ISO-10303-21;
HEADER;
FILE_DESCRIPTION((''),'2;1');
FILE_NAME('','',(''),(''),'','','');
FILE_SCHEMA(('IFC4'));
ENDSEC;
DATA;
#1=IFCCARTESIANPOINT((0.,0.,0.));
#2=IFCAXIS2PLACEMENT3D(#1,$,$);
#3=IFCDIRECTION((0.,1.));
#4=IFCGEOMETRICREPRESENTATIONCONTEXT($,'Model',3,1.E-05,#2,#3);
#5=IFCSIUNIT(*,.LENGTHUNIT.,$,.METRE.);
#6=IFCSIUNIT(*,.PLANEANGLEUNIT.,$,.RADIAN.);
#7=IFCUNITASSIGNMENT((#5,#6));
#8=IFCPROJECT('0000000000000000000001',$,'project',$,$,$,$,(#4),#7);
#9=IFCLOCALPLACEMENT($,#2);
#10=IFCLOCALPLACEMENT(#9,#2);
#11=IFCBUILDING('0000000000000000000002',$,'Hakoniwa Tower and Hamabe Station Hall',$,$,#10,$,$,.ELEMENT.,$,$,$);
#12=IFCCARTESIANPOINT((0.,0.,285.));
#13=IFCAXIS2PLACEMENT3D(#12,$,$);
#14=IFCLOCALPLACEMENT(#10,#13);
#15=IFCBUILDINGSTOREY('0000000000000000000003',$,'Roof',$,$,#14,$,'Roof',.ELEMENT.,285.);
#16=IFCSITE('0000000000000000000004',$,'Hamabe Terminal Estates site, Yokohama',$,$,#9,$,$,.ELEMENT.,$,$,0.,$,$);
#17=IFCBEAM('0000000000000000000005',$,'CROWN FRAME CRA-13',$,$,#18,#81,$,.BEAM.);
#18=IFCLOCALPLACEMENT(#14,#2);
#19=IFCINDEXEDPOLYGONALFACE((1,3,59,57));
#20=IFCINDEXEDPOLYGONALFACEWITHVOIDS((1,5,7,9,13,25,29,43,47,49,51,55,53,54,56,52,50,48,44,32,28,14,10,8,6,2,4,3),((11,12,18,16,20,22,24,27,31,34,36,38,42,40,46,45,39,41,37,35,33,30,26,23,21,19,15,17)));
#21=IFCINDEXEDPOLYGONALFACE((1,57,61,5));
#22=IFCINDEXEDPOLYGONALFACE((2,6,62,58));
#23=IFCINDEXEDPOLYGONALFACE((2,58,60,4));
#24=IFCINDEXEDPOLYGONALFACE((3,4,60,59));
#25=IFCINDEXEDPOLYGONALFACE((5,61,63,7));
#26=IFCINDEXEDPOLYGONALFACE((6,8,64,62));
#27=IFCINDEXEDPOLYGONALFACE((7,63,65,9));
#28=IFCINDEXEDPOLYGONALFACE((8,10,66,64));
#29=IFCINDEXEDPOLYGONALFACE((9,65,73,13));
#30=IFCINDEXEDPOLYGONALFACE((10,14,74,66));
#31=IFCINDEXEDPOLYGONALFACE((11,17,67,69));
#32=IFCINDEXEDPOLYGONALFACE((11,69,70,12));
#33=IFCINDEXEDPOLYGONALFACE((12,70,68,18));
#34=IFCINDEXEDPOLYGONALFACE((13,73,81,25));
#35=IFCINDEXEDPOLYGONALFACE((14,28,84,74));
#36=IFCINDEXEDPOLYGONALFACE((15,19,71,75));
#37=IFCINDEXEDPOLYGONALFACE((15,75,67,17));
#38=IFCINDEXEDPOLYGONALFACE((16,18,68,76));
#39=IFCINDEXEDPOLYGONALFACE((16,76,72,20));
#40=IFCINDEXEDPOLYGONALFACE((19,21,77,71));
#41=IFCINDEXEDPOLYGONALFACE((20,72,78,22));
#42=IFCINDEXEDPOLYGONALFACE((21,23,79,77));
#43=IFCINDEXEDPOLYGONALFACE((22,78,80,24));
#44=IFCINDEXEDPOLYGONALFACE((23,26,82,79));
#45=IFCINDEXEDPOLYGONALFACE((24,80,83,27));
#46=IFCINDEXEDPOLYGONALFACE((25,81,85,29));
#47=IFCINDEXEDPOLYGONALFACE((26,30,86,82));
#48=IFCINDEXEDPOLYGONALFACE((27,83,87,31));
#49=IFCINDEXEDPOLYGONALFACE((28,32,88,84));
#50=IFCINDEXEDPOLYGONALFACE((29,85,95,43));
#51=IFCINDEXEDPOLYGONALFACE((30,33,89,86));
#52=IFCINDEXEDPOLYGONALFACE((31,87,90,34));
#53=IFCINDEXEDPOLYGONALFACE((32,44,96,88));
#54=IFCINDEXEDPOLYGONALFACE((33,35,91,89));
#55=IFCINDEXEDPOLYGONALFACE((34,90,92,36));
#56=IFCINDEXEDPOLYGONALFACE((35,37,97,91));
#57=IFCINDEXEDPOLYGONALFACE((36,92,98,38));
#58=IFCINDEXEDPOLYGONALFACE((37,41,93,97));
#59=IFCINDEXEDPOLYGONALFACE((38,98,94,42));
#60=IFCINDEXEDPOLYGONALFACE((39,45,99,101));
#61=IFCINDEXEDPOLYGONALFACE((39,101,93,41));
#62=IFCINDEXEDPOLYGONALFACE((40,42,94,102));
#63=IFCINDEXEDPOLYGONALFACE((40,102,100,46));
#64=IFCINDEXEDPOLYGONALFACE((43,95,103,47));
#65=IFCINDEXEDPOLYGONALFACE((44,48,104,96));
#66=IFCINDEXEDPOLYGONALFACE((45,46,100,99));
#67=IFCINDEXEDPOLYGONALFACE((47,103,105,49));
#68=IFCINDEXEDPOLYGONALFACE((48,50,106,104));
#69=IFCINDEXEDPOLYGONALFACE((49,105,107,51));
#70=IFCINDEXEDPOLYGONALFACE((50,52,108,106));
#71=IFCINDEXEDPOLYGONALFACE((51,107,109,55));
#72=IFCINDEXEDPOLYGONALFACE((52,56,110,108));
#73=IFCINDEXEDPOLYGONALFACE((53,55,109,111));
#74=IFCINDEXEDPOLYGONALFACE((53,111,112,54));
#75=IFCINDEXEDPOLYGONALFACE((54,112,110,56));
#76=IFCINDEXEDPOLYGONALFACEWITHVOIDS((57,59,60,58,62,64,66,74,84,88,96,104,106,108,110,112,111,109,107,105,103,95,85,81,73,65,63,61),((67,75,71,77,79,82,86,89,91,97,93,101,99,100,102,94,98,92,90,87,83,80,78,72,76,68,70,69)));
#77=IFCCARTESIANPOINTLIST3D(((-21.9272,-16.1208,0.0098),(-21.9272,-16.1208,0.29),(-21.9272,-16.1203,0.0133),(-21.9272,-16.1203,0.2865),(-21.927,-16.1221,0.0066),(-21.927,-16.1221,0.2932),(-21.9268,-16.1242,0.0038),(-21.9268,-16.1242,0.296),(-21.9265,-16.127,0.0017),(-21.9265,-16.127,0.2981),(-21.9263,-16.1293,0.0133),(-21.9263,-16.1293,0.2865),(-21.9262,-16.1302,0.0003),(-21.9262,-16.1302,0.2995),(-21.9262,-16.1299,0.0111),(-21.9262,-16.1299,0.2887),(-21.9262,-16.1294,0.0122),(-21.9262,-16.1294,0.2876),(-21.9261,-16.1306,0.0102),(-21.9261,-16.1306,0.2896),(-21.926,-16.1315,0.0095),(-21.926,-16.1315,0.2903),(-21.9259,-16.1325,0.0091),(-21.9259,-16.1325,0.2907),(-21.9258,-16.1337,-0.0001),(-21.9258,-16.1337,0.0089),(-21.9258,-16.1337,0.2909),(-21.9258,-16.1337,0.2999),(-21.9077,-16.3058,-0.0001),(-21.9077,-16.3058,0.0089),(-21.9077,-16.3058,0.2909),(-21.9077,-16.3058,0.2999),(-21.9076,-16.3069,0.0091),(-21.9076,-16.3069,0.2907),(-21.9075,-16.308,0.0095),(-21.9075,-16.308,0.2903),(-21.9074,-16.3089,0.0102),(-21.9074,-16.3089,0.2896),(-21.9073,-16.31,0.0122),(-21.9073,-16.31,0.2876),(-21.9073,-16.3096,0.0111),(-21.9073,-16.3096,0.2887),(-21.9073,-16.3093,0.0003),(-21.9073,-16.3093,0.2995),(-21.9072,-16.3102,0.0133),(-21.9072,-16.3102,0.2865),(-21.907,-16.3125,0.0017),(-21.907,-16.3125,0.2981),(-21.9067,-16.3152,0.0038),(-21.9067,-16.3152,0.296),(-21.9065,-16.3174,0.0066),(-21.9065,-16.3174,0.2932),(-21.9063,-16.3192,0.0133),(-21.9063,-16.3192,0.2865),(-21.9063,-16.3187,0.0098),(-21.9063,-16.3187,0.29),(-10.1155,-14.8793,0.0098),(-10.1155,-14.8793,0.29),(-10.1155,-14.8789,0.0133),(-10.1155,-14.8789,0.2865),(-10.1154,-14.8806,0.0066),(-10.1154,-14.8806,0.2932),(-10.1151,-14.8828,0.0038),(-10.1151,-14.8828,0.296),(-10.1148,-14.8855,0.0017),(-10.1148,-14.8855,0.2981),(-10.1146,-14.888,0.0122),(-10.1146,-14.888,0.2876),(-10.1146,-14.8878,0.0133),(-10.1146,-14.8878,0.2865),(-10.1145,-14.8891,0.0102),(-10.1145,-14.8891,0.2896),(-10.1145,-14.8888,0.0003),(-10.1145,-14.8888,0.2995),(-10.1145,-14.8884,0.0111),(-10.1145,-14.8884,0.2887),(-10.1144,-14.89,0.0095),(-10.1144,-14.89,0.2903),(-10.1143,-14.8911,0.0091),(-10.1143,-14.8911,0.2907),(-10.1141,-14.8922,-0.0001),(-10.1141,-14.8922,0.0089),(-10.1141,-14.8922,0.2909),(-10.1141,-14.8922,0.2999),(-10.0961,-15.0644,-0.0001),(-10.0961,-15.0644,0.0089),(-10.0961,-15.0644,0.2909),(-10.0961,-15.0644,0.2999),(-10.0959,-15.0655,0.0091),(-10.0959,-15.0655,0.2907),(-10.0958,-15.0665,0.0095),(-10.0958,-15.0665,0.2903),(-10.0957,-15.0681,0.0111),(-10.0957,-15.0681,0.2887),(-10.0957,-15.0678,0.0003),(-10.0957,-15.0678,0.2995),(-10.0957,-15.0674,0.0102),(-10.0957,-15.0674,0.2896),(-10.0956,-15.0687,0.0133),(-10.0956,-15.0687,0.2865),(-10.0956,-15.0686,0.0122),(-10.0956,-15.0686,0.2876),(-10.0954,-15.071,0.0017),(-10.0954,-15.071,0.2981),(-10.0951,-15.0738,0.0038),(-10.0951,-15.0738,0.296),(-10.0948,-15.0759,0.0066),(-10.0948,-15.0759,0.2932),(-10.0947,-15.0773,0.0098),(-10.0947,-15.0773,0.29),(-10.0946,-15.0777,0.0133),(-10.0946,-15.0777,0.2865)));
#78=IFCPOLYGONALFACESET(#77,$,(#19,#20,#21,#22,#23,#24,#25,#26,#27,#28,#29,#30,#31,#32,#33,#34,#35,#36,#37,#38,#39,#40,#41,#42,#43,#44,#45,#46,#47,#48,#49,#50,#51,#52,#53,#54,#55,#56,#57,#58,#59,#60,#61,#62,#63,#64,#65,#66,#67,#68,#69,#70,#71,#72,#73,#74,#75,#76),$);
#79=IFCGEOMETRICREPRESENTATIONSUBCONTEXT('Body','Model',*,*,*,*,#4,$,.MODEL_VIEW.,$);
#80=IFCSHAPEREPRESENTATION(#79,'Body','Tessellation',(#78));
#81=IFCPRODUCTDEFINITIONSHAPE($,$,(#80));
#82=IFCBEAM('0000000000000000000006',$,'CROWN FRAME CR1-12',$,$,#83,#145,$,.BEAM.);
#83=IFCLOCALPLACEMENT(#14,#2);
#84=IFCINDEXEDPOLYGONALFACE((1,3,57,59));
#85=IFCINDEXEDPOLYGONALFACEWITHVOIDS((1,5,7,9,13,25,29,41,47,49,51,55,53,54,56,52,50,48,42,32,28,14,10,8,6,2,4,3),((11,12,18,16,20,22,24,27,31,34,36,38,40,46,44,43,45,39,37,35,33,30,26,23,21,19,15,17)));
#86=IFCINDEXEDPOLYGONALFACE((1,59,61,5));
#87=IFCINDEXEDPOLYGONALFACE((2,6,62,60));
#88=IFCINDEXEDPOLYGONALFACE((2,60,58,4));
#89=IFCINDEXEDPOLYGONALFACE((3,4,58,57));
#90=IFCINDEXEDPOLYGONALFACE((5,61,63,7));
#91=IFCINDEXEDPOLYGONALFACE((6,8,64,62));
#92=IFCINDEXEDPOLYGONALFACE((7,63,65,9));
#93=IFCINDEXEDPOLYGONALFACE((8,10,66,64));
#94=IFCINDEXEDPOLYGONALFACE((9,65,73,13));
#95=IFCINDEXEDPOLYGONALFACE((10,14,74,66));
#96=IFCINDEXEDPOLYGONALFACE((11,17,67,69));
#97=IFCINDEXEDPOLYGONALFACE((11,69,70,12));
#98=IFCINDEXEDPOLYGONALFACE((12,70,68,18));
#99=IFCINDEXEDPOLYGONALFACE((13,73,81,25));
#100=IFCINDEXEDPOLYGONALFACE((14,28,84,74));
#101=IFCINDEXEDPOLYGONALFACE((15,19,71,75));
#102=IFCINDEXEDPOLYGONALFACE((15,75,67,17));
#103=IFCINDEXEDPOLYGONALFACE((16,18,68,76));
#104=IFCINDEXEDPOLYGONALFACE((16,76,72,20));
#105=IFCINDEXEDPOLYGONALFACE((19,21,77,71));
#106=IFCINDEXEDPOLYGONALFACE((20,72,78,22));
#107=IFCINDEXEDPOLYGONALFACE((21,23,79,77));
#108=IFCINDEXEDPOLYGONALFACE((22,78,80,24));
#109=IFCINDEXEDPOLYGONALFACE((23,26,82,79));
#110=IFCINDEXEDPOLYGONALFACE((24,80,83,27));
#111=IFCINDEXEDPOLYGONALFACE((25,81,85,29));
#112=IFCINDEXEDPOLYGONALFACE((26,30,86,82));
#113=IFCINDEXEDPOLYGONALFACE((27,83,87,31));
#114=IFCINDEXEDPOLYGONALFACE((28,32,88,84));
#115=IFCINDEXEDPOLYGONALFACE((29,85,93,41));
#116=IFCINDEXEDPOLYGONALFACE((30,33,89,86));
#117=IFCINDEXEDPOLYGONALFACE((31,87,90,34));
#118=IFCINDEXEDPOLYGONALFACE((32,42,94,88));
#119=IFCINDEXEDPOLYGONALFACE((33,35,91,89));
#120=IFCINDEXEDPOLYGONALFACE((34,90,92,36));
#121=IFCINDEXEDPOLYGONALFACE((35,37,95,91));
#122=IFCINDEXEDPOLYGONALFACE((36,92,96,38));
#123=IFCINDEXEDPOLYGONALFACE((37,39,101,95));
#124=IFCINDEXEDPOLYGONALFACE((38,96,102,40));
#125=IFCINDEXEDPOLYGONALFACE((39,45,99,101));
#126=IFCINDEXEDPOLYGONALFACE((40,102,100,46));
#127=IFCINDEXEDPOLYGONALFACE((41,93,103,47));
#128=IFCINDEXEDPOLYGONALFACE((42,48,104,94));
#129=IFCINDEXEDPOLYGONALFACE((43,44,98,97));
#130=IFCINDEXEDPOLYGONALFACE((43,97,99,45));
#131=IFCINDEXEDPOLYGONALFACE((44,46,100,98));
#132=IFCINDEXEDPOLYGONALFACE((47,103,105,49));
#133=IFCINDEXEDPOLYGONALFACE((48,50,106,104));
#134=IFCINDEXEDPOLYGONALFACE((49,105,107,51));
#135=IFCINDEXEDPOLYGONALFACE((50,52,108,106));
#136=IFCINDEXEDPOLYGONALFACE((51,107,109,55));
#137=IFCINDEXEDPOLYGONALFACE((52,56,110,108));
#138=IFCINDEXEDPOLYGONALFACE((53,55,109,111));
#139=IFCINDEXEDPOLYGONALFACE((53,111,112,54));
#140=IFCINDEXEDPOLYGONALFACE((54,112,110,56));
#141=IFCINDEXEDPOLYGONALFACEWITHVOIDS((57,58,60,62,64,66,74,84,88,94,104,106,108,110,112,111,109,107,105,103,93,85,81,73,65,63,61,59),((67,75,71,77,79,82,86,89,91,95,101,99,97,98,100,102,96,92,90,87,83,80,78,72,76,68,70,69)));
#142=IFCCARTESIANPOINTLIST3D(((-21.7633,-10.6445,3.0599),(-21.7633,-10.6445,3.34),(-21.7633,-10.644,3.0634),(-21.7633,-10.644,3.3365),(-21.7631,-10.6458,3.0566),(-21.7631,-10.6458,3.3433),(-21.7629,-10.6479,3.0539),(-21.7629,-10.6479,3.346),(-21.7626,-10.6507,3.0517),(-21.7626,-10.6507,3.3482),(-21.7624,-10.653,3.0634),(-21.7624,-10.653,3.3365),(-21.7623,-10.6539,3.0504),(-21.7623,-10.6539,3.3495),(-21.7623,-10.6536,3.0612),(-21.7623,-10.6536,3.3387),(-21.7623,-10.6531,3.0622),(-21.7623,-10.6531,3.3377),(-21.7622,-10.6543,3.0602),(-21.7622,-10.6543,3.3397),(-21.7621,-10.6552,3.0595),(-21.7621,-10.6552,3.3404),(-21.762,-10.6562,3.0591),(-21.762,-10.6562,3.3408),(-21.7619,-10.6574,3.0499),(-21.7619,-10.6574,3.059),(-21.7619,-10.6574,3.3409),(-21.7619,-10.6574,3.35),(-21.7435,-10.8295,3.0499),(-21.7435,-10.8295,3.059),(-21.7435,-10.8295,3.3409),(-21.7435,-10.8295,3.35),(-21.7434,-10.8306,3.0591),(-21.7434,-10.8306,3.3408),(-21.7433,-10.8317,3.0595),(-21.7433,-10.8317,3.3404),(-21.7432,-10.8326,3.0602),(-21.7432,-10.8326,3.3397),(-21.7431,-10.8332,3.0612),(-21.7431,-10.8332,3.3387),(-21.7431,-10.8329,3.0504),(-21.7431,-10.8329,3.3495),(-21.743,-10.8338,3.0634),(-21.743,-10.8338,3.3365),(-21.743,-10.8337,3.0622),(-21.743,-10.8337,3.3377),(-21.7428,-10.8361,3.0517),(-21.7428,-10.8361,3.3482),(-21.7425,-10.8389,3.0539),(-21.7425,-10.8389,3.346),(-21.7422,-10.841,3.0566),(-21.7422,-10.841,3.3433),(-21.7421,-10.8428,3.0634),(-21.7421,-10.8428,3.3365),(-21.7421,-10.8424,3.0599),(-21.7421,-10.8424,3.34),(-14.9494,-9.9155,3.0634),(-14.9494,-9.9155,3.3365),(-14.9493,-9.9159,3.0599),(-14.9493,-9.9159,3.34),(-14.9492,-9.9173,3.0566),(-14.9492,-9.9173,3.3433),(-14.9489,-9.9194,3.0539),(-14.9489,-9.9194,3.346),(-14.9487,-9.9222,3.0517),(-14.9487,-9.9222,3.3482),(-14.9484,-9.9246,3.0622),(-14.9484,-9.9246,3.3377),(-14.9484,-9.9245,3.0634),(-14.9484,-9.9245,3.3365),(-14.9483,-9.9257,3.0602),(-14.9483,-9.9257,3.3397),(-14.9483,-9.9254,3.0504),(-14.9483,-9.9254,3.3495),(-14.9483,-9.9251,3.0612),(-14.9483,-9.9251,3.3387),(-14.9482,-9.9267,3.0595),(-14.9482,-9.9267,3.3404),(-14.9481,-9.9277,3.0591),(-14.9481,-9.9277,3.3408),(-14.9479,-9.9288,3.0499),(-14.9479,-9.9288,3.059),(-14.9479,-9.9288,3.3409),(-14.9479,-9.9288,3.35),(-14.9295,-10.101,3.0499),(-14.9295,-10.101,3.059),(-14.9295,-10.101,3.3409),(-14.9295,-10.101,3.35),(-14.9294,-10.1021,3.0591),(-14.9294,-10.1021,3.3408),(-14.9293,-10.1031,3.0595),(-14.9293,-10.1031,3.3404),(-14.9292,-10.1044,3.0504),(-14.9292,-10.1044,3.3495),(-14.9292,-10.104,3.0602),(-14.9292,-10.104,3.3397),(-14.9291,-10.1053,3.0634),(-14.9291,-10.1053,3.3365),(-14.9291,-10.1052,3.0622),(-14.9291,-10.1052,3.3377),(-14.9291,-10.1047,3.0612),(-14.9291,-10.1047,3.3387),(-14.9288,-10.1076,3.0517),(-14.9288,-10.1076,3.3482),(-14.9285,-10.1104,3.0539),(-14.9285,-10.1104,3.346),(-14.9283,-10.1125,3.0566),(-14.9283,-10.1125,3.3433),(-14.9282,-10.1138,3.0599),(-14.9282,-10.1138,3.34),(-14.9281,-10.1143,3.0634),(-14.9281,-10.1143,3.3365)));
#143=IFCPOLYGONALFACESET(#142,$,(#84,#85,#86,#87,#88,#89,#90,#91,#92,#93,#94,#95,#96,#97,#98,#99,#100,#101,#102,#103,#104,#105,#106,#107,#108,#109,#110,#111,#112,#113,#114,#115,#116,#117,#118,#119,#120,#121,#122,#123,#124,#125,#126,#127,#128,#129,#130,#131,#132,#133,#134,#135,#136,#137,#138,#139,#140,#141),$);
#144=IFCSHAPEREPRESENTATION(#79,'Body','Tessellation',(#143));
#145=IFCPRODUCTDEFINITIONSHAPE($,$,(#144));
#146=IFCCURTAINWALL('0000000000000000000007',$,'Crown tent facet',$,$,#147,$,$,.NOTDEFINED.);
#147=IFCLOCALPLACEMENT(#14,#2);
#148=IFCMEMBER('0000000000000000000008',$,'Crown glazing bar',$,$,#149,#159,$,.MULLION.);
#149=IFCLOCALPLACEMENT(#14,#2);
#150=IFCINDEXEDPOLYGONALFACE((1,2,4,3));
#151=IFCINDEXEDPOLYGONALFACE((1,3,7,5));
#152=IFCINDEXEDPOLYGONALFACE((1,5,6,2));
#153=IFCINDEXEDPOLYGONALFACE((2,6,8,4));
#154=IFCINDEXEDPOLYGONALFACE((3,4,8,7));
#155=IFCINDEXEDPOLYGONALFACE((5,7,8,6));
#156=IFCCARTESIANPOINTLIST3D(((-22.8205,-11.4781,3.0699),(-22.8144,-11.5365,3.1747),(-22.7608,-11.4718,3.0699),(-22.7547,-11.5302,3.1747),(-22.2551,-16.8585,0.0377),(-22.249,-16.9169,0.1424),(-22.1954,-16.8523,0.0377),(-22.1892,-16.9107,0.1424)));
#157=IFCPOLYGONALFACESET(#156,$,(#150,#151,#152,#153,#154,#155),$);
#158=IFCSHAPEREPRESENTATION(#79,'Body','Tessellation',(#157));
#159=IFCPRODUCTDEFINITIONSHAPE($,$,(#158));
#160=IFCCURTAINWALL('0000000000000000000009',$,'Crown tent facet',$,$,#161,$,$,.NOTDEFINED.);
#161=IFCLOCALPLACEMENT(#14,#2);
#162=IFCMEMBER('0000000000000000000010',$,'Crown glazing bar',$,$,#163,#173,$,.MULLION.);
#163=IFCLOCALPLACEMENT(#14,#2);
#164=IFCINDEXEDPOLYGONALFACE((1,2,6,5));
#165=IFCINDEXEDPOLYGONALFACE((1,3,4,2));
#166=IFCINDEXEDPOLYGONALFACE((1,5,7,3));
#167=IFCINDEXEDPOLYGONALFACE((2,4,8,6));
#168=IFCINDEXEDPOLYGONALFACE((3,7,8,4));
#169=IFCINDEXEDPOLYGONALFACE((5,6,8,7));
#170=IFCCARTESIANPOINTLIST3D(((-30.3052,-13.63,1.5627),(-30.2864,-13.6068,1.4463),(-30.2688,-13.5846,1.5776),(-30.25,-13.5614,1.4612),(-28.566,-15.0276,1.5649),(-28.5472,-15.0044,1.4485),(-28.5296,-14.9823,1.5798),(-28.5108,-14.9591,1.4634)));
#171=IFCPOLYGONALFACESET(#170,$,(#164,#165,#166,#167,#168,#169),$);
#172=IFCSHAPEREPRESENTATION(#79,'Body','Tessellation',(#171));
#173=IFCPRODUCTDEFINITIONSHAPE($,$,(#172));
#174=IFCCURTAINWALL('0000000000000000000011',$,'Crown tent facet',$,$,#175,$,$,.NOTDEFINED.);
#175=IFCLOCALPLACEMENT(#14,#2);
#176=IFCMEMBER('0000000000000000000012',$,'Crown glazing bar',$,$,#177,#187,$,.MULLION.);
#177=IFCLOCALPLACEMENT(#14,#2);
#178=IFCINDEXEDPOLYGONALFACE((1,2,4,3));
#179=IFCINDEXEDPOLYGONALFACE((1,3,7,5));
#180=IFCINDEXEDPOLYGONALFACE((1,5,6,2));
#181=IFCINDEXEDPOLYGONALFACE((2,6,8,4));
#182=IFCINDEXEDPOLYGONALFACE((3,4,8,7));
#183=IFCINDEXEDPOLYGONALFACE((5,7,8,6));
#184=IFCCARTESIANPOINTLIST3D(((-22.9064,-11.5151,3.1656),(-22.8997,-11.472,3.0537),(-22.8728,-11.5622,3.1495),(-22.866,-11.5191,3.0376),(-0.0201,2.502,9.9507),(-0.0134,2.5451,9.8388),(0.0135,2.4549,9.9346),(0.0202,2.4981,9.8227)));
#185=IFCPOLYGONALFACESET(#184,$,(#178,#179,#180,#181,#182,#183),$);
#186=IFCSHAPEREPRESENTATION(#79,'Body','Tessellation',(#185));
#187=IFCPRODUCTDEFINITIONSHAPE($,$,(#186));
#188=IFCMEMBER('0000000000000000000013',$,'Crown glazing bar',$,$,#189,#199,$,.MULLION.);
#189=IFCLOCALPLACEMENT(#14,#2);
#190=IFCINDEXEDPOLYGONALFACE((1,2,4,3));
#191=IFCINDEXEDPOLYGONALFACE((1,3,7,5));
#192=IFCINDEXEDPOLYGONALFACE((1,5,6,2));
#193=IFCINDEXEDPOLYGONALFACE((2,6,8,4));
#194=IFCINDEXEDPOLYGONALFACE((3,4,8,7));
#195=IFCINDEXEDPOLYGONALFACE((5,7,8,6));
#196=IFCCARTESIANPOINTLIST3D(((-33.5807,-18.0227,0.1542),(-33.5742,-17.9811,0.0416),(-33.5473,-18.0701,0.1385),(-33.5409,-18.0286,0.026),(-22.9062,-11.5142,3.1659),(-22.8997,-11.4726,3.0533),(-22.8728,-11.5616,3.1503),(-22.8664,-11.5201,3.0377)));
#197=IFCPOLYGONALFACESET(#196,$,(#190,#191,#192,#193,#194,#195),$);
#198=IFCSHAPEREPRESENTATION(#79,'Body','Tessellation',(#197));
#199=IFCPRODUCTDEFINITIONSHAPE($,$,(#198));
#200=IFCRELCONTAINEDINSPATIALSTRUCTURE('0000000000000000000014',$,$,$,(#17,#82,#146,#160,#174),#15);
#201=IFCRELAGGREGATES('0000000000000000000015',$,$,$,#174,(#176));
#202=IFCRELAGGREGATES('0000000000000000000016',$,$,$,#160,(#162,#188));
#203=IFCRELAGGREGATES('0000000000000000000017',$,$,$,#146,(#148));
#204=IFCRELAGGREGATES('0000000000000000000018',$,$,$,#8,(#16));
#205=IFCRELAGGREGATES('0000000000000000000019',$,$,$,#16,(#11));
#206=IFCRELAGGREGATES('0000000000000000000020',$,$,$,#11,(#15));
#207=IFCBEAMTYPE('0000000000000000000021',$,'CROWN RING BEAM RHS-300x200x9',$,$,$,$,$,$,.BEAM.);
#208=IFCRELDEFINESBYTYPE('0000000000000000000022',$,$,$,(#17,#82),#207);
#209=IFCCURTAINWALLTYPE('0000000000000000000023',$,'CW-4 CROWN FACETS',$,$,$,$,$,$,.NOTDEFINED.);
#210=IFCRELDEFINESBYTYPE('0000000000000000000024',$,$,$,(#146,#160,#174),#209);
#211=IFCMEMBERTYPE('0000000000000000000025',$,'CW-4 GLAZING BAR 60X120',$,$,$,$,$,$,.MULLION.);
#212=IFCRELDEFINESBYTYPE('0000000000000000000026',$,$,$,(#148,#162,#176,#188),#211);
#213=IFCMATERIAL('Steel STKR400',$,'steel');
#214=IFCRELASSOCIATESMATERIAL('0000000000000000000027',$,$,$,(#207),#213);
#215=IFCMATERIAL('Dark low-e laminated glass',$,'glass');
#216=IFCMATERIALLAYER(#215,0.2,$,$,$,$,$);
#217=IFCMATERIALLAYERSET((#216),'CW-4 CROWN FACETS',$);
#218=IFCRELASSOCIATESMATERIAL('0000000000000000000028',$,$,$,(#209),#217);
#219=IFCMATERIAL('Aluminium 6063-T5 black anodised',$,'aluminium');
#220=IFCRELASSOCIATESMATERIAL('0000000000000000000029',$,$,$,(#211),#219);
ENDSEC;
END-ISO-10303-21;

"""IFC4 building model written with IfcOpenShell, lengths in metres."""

from ifc_helpers import new_model, si_unit, direction, frame, origin, origin_2d, place, context, subcontext, project, spatial, rectangle, hollow_rectangle, extrude, material, layer, layer_set, material_profile, profile_set, type_object, element, aggregate, save


model = new_model("IFC4")

# Units and contexts
model_context = context("Model", 3, precision=1e-05, world=origin(), true_north=direction((0.0, 1.0)))
body_context = subcontext(model_context, "Body", "Model", "MODEL_VIEW")
ifc_project = project(units=[si_unit("LENGTHUNIT", "METRE"), si_unit("PLANEANGLEUNIT", "RADIAN")], contexts=[model_context])

# Site, building, storey
site_placement = place(None, origin())
site = spatial("IfcSite", under=ifc_project, at=site_placement, Name="Hamabe Terminal Estates site, Yokohama", CompositionType="ELEMENT", RefElevation=0.0)
building_placement = place(site_placement, origin())
building = spatial("IfcBuilding", under=site, at=building_placement, Name="Hakoniwa Tower and Hamabe Station Hall", CompositionType="ELEMENT")
storey_placement = place(building_placement, frame((0.0, 0.0, 285.0)))
storey = spatial("IfcBuildingStorey", under=building, at=storey_placement, Name="Roof", LongName="Roof", CompositionType="ELEMENT", Elevation=285.0)

# Beams
ifc_material_1 = material(Name="Steel STKR400", Category="steel")
ifc_material_profile_1 = material_profile(ifc_material_1, hollow_rectangle(XDim=0.2, YDim=0.3, WallThickness=0.009, InnerFilletRadius=0.0044, OuterFilletRadius=0.0134, at=origin_2d()), Name="RHS-300x200x9")
ifc_profile_set_1 = profile_set([ifc_material_profile_1], Name="Steel STKR400")
beam_type = type_object("IfcBeamType", Name="CROWN RING BEAM RHS-300x200x9", PredefinedType="BEAM", material=ifc_profile_set_1)
beam_1_placement = place(storey_placement, frame((-21.9167, -16.2197, 0.1499), z_axis=(0.994522, 0.104527, 0.0), x_axis=(-0.104527, 0.994522, 0.0)))
element("IfcBeam", 1, at=beam_1_placement, inside=storey, type_object=beam_type, Name="CROWN FRAME CRA-13", PredefinedType="BEAM", context=body_context, shape_type="SweptSolid", body=[
    extrude(hollow_rectangle(XDim=0.2, YDim=0.3, WallThickness=0.009, InnerFilletRadius=0.0044, OuterFilletRadius=0.0134, at=origin_2d()), origin(), (0.0, 0.0, 1.0), 11.8767),
])
beam_2_placement = place(storey_placement, frame((-21.7527, -10.7434, 3.2), z_axis=(0.994333, 0.106309, 0.0), x_axis=(-0.106309, 0.994333, 0.0)))
element("IfcBeam", 2, at=beam_2_placement, inside=storey, type_object=beam_type, Name="CROWN FRAME CR1-12", PredefinedType="BEAM", context=body_context, shape_type="SweptSolid", body=[
    extrude(hollow_rectangle(XDim=0.2, YDim=0.3, WallThickness=0.009, InnerFilletRadius=0.0044, OuterFilletRadius=0.0134, at=origin_2d()), origin(), (0.0, 0.0, 1.0), 6.8528),
])

# Curtain walls, members
ifc_material_2 = material(Name="Dark low-e laminated glass", Category="glass")
ifc_layer_1 = layer(ifc_material_2, 0.2)
ifc_layer_set_1 = layer_set([ifc_layer_1], Name="CW-4 CROWN FACETS")
curtain_wall_type = type_object("IfcCurtainWallType", Name="CW-4 CROWN FACETS", PredefinedType="NOTDEFINED", material=ifc_layer_set_1)
curtain_wall_1_placement = place(storey_placement, origin())
curtain_wall_1 = element("IfcCurtainWall", 3, at=curtain_wall_1_placement, inside=storey, type_object=curtain_wall_type, Name="Crown tent facet", PredefinedType="NOTDEFINED")
ifc_material_3 = material(Name="Aluminium 6063-T5 black anodised", Category="aluminium")
ifc_material_profile_2 = material_profile(ifc_material_3, rectangle(XDim=0.0601, YDim=0.1201, at=origin_2d()), Name="CW-4 GLAZING BAR 60X120")
ifc_profile_set_2 = profile_set([ifc_material_profile_2], Name="Aluminium 6063-T5 black anodised")
member_type_1 = type_object("IfcMemberType", Name="CW-4 GLAZING BAR 60X120", PredefinedType="MULLION", material=ifc_profile_set_2)
member_1_placement = place(storey_placement, frame((-22.7876, -11.5042, 3.1223), z_axis=(0.091172, -0.867548, -0.488926), x_axis=(0.994523, 0.104516, 0.0)))
member_1 = element("IfcMember", 4, at=member_1_placement, type_object=member_type_1, Name="Crown glazing bar", PredefinedType="MULLION", context=body_context, shape_type="SweptSolid", body=[
    extrude(rectangle(XDim=0.0601, YDim=0.1201, at=origin_2d()), origin(), (0.0, 0.0, 1.0), 6.2019),
])
curtain_wall_2_placement = place(storey_placement, origin())
curtain_wall_2 = element("IfcCurtainWall", 5, at=curtain_wall_2_placement, inside=storey, type_object=curtain_wall_type, Name="Crown tent facet", PredefinedType="NOTDEFINED")
member_2_placement = place(storey_placement, frame((-30.2776, -13.5957, 1.512), z_axis=(0.779489, -0.626415, 0.000985), x_axis=(0.6066, 0.755223, 0.248343)))
member_2 = element("IfcMember", 6, at=member_2_placement, type_object=member_type_1, Name="Crown glazing bar", PredefinedType="MULLION", context=body_context, shape_type="SweptSolid", body=[
    extrude(rectangle(XDim=0.0601, YDim=0.1201, at=origin_2d()), origin(), (0.0, 0.0, 1.0), 2.2312),
])
curtain_wall_3_placement = place(storey_placement, origin())
curtain_wall_3 = element("IfcCurtainWall", 7, at=curtain_wall_3_placement, inside=storey, type_object=curtain_wall_type, Name="Crown tent facet", PredefinedType="NOTDEFINED")
member_3_placement = place(storey_placement, frame((-22.8862, -11.5171, 3.1016), z_axis=(0.826753, 0.50636, 0.24511), x_axis=(-0.559746, 0.78399, 0.26841)))
member_3 = element("IfcMember", 8, at=member_3_placement, type_object=member_type_1, Name="Crown glazing bar", PredefinedType="MULLION", context=body_context, shape_type="SweptSolid", body=[
    extrude(rectangle(XDim=0.0601, YDim=0.1201, at=origin_2d()), origin(), (0.0, 0.0, 1.0), 27.6821),
])

# Member
member_4_placement = place(storey_placement, frame((-33.5608, -18.0256, 0.0901), z_axis=(0.830064, 0.50611, 0.234194), x_axis=(-0.555092, 0.790163, 0.259836)))
member_4 = element("IfcMember", 9, at=member_4_placement, type_object=member_type_1, Name="Crown glazing bar", PredefinedType="MULLION", context=body_context, shape_type="SweptSolid", body=[
    extrude(rectangle(XDim=0.0601, YDim=0.1201, at=origin_2d()), origin(), (0.0, 0.0, 1.0), 12.8599),
])

aggregate(curtain_wall_3, [member_3])

aggregate(curtain_wall_2, [member_2, member_4])

aggregate(curtain_wall_1, [member_1])

save(model, "model.ifc")
